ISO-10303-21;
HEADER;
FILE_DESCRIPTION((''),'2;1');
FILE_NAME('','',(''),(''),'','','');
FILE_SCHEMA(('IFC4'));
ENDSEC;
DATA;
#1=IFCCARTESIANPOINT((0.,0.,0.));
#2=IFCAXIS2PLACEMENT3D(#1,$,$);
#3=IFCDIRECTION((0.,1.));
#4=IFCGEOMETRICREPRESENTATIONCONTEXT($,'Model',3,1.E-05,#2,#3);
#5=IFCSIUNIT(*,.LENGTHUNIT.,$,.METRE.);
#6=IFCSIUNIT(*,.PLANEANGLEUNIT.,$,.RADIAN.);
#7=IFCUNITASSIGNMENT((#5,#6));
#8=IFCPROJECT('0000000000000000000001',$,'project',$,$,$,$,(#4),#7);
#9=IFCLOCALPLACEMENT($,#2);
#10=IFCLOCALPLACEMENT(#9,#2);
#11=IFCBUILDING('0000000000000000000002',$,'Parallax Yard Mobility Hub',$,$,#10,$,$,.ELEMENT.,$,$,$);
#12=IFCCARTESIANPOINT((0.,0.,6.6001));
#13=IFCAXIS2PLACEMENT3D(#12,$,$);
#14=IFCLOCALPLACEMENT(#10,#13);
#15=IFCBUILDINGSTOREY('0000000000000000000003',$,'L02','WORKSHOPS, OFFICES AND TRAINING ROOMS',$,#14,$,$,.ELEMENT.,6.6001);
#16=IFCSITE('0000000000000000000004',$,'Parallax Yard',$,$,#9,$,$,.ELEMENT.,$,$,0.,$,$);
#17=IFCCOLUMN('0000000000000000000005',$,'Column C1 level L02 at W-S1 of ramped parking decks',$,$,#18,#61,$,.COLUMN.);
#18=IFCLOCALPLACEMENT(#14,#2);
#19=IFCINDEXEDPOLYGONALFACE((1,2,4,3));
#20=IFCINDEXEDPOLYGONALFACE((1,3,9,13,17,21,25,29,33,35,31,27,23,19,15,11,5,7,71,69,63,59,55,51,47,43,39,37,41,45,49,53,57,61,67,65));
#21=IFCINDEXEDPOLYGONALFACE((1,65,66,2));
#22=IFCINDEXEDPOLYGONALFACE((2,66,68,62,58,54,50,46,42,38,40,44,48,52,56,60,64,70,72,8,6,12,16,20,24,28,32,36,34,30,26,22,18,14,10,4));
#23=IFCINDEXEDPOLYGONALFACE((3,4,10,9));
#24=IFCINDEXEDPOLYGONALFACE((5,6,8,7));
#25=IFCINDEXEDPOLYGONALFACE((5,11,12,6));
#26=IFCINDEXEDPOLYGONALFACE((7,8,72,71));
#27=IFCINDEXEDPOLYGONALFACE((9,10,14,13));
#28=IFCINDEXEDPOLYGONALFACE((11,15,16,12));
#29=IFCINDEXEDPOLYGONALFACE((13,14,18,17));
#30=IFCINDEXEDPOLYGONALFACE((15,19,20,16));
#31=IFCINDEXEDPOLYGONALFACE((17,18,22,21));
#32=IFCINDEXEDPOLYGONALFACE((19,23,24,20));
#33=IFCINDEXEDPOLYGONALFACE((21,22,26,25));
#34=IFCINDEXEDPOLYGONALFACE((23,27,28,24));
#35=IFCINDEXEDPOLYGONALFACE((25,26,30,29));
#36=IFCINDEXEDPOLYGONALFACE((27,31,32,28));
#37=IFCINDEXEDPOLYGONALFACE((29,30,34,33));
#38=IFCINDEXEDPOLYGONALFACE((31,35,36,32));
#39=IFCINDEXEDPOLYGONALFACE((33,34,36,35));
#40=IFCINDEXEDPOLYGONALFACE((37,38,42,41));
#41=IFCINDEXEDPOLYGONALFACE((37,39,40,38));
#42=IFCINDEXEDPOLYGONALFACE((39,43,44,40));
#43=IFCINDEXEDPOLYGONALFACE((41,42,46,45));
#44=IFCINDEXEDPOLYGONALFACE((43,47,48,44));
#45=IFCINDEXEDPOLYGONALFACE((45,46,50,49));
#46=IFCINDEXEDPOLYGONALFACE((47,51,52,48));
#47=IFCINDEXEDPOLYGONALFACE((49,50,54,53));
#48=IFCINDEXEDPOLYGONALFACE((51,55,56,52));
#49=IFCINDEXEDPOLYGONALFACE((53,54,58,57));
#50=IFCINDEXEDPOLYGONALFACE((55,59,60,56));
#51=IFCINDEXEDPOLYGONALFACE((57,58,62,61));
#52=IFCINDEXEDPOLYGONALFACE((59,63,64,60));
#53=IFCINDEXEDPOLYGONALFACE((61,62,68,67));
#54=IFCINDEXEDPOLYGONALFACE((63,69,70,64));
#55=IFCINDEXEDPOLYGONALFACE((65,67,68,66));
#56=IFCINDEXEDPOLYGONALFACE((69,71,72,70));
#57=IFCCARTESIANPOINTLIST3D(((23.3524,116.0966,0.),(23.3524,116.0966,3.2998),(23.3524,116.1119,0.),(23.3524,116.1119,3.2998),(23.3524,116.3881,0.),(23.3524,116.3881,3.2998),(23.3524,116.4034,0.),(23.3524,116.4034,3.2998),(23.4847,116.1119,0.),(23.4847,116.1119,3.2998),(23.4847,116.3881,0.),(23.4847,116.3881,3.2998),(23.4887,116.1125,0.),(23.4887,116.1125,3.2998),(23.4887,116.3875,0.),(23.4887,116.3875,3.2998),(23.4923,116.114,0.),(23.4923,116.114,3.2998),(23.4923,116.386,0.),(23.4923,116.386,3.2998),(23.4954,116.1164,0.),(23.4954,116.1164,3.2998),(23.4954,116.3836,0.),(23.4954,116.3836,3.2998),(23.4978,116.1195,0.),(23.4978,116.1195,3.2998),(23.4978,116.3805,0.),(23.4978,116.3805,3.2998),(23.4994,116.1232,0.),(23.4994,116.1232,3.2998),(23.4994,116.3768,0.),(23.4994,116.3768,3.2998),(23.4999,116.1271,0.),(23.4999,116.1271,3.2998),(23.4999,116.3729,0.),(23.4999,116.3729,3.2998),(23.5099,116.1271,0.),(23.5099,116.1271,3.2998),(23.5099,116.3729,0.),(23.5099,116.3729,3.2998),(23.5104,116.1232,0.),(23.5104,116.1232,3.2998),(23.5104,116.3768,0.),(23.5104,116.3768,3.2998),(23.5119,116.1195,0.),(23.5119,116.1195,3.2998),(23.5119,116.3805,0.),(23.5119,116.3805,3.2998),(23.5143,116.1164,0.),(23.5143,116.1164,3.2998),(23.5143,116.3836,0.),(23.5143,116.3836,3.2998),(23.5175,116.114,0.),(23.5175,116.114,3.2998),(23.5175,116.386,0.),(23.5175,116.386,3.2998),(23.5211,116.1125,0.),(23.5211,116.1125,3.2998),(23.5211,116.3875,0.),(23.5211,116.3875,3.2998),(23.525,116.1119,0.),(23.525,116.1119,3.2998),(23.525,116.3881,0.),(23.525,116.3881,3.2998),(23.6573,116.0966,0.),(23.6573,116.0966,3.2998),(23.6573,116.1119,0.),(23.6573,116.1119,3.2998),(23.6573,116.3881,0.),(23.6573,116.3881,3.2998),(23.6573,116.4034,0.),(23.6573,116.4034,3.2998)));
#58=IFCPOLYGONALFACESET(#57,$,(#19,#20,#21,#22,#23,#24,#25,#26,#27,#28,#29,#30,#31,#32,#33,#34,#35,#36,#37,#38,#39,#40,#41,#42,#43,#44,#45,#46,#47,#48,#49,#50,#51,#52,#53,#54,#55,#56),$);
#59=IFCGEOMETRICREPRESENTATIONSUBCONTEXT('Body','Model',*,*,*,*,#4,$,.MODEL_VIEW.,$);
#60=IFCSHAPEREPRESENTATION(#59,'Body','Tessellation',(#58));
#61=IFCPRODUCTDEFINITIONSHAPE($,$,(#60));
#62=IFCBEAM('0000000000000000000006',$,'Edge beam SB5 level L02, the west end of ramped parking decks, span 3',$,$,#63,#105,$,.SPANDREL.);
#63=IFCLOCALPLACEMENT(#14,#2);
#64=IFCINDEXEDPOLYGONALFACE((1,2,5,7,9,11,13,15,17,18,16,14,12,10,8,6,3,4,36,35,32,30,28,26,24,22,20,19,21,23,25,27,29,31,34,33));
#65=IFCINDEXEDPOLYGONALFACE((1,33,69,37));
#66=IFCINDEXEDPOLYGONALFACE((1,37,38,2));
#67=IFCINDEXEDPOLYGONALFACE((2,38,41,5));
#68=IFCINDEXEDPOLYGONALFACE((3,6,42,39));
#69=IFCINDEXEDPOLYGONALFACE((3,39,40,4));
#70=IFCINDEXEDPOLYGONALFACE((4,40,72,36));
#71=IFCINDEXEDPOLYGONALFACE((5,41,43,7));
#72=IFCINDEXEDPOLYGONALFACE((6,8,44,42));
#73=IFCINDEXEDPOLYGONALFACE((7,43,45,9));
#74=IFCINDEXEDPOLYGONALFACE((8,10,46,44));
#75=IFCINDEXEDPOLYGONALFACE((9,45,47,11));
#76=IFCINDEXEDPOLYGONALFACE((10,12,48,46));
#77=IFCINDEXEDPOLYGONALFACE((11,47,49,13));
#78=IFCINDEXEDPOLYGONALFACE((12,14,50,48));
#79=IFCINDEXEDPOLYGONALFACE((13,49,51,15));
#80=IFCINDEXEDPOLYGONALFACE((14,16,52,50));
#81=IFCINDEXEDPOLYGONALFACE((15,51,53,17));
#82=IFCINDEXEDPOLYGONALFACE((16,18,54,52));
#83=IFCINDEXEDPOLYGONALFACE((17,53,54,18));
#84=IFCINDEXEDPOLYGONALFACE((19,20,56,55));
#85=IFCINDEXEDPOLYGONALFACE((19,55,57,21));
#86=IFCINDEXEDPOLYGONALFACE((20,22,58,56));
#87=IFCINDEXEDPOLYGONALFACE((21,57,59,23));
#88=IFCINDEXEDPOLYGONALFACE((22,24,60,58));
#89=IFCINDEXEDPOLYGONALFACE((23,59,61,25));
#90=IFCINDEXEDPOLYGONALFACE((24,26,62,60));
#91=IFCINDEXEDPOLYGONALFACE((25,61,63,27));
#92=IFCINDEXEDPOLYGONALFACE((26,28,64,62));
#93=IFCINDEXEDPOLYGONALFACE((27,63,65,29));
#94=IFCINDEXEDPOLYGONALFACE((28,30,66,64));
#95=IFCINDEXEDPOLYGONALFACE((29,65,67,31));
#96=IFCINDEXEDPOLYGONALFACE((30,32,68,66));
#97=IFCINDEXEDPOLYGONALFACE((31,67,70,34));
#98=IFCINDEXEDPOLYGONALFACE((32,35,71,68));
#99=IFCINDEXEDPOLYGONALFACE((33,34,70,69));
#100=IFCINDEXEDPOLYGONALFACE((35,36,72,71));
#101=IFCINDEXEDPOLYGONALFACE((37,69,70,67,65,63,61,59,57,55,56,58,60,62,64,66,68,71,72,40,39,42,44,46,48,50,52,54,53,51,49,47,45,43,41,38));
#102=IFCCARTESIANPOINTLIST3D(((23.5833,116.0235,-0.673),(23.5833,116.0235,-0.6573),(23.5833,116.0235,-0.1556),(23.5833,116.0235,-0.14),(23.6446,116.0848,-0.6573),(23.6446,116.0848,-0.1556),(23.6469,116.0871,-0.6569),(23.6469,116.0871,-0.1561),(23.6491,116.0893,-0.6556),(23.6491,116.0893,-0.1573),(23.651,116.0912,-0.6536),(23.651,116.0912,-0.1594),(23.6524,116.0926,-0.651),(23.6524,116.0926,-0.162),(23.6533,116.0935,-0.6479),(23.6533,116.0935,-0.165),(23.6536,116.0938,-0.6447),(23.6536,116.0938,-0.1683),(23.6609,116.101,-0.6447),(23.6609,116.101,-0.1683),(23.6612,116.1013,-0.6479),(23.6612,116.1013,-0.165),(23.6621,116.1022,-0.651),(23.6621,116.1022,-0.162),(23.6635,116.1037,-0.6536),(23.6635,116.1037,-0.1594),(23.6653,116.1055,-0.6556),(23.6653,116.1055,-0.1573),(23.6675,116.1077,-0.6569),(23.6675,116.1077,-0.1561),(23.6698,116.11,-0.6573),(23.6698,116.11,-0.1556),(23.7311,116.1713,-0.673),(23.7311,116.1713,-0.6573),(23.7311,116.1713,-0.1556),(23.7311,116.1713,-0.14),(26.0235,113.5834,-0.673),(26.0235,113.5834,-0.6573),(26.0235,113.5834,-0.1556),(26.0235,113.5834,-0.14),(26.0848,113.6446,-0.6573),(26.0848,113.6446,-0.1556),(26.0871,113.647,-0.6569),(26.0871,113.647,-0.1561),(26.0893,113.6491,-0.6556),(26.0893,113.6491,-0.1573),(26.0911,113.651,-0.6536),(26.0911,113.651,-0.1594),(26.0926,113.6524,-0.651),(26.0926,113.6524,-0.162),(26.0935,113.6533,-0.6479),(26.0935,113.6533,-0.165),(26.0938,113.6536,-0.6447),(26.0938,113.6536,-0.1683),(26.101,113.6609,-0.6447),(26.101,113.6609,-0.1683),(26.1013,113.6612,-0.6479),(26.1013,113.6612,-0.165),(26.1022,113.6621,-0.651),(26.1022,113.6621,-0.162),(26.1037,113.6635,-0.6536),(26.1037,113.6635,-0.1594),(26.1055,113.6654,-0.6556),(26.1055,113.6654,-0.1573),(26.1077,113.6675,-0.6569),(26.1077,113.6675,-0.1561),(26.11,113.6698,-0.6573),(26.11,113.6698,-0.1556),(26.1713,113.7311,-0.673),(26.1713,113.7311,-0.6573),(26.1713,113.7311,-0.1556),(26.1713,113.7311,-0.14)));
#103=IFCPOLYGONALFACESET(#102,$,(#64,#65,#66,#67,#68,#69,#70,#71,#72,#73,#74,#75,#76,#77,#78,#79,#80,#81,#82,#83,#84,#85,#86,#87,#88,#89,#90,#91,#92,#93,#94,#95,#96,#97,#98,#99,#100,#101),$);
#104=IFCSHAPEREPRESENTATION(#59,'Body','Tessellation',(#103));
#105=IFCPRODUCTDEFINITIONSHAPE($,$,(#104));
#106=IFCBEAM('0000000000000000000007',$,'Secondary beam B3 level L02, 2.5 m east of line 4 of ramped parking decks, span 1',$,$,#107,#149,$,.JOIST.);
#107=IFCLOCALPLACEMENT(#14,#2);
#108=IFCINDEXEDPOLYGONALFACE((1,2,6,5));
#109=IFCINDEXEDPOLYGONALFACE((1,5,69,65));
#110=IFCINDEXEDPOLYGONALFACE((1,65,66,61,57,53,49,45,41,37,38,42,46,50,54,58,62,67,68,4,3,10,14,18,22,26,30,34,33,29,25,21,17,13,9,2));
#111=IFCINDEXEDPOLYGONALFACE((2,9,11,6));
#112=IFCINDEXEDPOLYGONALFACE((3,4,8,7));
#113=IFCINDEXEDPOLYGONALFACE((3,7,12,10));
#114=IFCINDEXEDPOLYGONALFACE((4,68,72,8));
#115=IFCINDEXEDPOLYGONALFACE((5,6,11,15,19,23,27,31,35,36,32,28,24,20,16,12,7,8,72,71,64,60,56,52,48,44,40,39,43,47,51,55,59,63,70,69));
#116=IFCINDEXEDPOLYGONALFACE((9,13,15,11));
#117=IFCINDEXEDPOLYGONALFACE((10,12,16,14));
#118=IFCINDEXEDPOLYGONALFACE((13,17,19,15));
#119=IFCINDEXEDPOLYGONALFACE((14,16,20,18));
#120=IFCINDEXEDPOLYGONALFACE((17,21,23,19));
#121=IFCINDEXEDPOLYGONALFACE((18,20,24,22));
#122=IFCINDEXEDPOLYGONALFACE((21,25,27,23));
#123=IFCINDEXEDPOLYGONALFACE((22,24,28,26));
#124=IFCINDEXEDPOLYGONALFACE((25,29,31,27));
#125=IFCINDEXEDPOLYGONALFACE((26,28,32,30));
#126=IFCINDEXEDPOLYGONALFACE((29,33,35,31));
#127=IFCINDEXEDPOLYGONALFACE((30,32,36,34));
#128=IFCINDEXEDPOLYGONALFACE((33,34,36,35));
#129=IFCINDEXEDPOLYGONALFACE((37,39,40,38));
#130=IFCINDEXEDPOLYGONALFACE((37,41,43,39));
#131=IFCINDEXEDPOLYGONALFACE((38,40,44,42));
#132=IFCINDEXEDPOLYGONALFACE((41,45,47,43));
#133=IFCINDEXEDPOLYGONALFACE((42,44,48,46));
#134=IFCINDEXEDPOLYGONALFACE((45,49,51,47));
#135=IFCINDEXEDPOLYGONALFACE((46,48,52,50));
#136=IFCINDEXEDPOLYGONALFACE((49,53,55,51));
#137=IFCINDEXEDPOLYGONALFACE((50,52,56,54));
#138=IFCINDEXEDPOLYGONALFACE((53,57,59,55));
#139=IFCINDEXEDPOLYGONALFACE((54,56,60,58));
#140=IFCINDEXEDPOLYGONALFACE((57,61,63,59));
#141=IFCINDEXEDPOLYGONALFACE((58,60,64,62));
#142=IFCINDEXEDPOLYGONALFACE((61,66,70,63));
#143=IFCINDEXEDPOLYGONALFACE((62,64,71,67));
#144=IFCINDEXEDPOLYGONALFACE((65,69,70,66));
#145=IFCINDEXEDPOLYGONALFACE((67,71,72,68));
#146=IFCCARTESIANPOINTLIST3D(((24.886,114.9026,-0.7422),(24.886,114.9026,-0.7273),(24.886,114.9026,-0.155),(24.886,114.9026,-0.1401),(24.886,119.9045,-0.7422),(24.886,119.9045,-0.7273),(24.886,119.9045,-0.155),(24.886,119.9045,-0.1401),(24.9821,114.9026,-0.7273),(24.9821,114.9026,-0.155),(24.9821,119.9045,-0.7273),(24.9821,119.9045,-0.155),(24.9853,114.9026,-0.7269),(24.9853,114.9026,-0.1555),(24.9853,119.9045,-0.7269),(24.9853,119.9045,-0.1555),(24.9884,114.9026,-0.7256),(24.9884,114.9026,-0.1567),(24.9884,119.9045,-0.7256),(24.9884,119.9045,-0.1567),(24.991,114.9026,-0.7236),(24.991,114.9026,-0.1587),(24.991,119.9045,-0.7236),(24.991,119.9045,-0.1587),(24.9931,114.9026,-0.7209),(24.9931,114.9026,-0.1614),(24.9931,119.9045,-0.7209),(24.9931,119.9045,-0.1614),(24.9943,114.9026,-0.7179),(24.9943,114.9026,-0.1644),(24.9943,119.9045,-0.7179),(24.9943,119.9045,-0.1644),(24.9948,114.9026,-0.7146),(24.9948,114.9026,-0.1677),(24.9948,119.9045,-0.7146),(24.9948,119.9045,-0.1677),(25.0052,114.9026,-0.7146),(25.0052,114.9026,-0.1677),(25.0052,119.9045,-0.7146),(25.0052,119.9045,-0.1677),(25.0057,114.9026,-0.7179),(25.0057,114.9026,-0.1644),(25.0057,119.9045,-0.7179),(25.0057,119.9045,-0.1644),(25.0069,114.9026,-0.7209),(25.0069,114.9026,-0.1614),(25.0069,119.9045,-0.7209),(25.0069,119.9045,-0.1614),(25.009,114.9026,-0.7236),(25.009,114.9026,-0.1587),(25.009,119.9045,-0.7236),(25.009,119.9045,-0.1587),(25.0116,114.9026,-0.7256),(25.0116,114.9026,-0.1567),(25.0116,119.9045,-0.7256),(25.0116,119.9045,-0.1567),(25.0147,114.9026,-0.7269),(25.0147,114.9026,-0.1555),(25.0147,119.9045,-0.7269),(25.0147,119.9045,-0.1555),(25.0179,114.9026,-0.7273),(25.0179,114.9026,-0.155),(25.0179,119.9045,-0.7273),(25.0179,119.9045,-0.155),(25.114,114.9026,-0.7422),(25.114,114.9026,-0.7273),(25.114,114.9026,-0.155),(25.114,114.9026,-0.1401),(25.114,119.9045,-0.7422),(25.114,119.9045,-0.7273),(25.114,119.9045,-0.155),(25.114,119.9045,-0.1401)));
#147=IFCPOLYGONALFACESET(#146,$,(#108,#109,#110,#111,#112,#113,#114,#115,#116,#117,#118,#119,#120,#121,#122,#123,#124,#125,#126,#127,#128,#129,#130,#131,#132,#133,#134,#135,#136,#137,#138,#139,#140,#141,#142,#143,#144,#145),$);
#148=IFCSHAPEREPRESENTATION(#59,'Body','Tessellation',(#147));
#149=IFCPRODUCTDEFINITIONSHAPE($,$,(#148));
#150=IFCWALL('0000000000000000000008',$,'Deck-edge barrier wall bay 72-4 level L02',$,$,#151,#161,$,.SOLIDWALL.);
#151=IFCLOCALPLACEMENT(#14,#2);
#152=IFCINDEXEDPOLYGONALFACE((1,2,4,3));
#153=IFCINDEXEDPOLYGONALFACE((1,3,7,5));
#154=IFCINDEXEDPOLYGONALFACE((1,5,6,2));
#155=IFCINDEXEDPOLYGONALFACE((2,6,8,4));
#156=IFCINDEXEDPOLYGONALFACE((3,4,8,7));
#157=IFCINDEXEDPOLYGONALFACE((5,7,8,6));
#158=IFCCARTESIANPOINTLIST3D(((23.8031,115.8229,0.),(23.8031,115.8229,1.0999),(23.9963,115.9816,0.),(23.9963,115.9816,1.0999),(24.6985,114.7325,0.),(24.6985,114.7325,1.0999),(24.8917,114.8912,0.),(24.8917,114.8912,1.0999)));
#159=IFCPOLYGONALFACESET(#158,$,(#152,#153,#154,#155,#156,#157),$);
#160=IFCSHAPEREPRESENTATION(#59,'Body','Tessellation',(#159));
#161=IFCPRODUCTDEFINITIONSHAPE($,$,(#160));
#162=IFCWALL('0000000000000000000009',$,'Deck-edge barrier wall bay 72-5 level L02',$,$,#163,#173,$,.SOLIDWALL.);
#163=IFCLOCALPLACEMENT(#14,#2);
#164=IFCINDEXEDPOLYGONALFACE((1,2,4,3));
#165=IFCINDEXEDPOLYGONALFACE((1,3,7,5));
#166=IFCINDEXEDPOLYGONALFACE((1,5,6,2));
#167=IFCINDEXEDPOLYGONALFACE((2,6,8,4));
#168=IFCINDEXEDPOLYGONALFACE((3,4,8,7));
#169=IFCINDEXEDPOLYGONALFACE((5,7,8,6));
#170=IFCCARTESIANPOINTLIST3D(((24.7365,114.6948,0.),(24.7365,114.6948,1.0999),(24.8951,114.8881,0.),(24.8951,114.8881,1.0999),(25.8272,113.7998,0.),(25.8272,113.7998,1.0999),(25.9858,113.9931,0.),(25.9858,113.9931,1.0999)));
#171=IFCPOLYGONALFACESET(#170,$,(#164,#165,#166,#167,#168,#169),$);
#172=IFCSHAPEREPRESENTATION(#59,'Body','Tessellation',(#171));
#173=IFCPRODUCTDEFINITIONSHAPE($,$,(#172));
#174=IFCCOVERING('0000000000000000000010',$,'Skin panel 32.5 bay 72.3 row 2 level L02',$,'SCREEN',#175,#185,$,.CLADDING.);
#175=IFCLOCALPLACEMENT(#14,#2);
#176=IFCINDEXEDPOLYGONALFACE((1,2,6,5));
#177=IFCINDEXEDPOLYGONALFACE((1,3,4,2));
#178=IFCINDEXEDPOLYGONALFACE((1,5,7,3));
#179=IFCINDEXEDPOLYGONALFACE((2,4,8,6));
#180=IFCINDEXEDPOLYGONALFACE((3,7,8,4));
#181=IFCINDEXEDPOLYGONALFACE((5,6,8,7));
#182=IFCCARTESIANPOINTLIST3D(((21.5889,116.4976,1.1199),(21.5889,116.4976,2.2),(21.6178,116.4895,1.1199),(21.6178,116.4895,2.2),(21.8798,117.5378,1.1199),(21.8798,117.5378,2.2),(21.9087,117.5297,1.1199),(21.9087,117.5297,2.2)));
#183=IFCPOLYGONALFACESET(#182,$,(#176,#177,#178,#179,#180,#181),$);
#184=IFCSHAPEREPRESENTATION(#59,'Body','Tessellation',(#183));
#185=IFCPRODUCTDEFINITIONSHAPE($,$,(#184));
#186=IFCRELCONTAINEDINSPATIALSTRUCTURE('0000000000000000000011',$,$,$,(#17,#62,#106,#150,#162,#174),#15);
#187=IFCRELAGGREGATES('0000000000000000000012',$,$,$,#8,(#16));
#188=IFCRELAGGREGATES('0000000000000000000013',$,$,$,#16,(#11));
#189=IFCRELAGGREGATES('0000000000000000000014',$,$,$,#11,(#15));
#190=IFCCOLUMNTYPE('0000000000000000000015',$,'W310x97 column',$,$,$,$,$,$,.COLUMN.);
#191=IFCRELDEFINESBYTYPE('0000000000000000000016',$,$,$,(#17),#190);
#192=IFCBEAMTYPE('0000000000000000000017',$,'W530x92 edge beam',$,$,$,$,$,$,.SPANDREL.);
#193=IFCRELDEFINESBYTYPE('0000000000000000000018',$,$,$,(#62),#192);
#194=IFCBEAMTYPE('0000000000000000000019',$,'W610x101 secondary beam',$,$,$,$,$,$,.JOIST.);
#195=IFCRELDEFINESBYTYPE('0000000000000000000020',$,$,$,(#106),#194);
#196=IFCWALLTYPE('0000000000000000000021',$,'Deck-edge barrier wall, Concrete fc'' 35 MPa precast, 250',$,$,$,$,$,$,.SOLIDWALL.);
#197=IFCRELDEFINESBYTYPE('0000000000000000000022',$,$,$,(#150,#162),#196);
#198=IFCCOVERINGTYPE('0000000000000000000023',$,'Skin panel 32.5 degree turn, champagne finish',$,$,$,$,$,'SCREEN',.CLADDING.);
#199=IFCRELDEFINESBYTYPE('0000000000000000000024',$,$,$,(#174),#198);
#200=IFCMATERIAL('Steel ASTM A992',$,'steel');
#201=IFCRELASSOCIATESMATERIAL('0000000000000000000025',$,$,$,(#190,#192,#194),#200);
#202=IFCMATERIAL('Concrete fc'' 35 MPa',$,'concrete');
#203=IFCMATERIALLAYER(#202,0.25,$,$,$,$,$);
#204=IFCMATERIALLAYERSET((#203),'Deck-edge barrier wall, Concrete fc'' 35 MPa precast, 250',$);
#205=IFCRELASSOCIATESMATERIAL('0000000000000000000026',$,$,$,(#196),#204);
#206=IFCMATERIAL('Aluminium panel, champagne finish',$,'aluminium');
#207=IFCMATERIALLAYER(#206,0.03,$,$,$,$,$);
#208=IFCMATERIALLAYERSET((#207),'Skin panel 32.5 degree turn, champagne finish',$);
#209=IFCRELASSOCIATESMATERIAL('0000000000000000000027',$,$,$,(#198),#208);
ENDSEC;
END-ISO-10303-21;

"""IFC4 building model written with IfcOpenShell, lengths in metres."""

from ifc_helpers import new_model, si_unit, direction, frame, frame_2d, origin, origin_2d, place, context, subcontext, project, spatial, rectangle, i_section, extrude, material, layer, layer_set, material_profile, profile_set, type_object, element, save


model = new_model("IFC4")

# Units and contexts
model_context = context("Model", 3, precision=1e-05, world=origin(), true_north=direction((0.0, 1.0)))
body_context = subcontext(model_context, "Body", "Model", "MODEL_VIEW")
ifc_project = project(units=[si_unit("LENGTHUNIT", "METRE"), si_unit("PLANEANGLEUNIT", "RADIAN")], contexts=[model_context])

# Site, building, storey
site_placement = place(None, origin())
site = spatial("IfcSite", under=ifc_project, at=site_placement, Name="Parallax Yard", CompositionType="ELEMENT", RefElevation=0.0)
building_placement = place(site_placement, origin())
building = spatial("IfcBuilding", under=site, at=building_placement, Name="Parallax Yard Mobility Hub", CompositionType="ELEMENT")
storey_placement = place(building_placement, frame((0.0, 0.0, 6.6001)))
storey = spatial("IfcBuildingStorey", under=building, at=storey_placement, Name="L02", Description="WORKSHOPS, OFFICES AND TRAINING ROOMS", CompositionType="ELEMENT", Elevation=6.6001)

# Column
ifc_material_1 = material(Name="Steel ASTM A992", Category="steel")
ifc_material_profile_1 = material_profile(ifc_material_1, i_section(OverallWidth=0.3049, OverallDepth=0.3069, WebThickness=0.01, FlangeThickness=0.0154, FilletRadius=0.0151, at=origin_2d()), Name="W310x97")
ifc_profile_set_1 = profile_set([ifc_material_profile_1], Name="Steel ASTM A992")
column_type = type_object("IfcColumnType", Name="W310x97 column", PredefinedType="COLUMN", material=ifc_profile_set_1)
column_placement = place(storey_placement, frame((23.5049, 116.25, 0.0), z_axis=(0.0, 0.0, 1.0), x_axis=(1.0, 0.0, 0.0)))
element("IfcColumn", 1, at=column_placement, inside=storey, type_object=column_type, Name="Column C1 level L02 at W-S1 of ramped parking decks", PredefinedType="COLUMN", context=body_context, shape_type="SweptSolid", body=[
    extrude(i_section(OverallWidth=0.3049, OverallDepth=0.3069, WebThickness=0.01, FlangeThickness=0.0154, FilletRadius=0.0151, at=origin_2d()), origin(), (0.0, 0.0, 1.0), 3.2998),
])

# Beams
ifc_material_profile_2 = material_profile(ifc_material_1, i_section(OverallWidth=0.209, OverallDepth=0.533, WebThickness=0.0103, FlangeThickness=0.0156, FilletRadius=0.0127, at=origin_2d()), Name="W530x92")
ifc_profile_set_2 = profile_set([ifc_material_profile_2], Name="Steel ASTM A992")
beam_type_1 = type_object("IfcBeamType", Name="W530x92 edge beam", PredefinedType="SPANDREL", material=ifc_profile_set_2)
beam_1_placement = place(storey_placement, frame((23.6572, 116.0974, -0.4065), z_axis=(0.707107, -0.707107, 0.0), x_axis=(0.707107, 0.707107, 0.0)))
element("IfcBeam", 2, at=beam_1_placement, inside=storey, type_object=beam_type_1, Name="Edge beam SB5 level L02, the west end of ramped parking decks, span 3", PredefinedType="SPANDREL", context=body_context, shape_type="SweptSolid", body=[
    extrude(i_section(OverallWidth=0.209, OverallDepth=0.533, WebThickness=0.0103, FlangeThickness=0.0156, FilletRadius=0.0127, at=origin_2d()), origin(), (0.0, 0.0, 1.0), 3.4509),
])
ifc_material_profile_3 = material_profile(ifc_material_1, i_section(OverallWidth=0.228, OverallDepth=0.6021, WebThickness=0.0105, FlangeThickness=0.0149, FilletRadius=0.0127, at=origin_2d()), Name="W610x101")
ifc_profile_set_3 = profile_set([ifc_material_profile_3], Name="Steel ASTM A992")
beam_type_2 = type_object("IfcBeamType", Name="W610x101 secondary beam", PredefinedType="JOIST", material=ifc_profile_set_3)
beam_2_placement = place(storey_placement, frame((25.0, 114.9026, -0.4412), z_axis=(0.0, 1.0, 0.0), x_axis=(-1.0, 0.0, 0.0)))
element("IfcBeam", 3, at=beam_2_placement, inside=storey, type_object=beam_type_2, Name="Secondary beam B3 level L02, 2.5 m east of line 4 of ramped parking decks, span 1", PredefinedType="JOIST", context=body_context, shape_type="SweptSolid", body=[
    extrude(i_section(OverallWidth=0.228, OverallDepth=0.6021, WebThickness=0.0105, FlangeThickness=0.0149, FilletRadius=0.0127, at=origin_2d()), origin(), (0.0, 0.0, 1.0), 5.002),
])

# Walls
ifc_material_2 = material(Name="Concrete fc' 35 MPa", Category="concrete")
ifc_layer_1 = layer(ifc_material_2, 0.25)
ifc_layer_set_1 = layer_set([ifc_layer_1], Name="Deck-edge barrier wall, Concrete fc' 35 MPa precast, 250")
wall_type = type_object("IfcWallType", Name="Deck-edge barrier wall, Concrete fc' 35 MPa precast, 250", PredefinedType="SOLIDWALL", material=ifc_layer_set_1)
for number, where, z_axis, x_axis, name in (
    (4, (23.8997, 115.9023, 0.0), (0.0, 0.0, 1.0), (0.634584, -0.772854, 0.0), "Deck-edge barrier wall bay 72-4 level L02"),
    (5, (24.8157, 114.7915, 0.0), (0.0, 0.0, 1.0), (0.773078, -0.634311, 0.0), "Deck-edge barrier wall bay 72-5 level L02"),
):
    element("IfcWall", number, at=place(storey_placement, frame(where, z_axis=z_axis, x_axis=x_axis)), inside=storey, type_object=wall_type, Name=name, PredefinedType="SOLIDWALL", context=body_context, shape_type="SweptSolid", body=[
        extrude(rectangle(XDim=1.4109, YDim=0.25, at=frame_2d((0.7056, 0.0))), origin(), (0.0, 0.0, 1.0), 1.0999),
    ])

# Covering
ifc_material_3 = material(Name="Aluminium panel, champagne finish", Category="aluminium")
ifc_layer_2 = layer(ifc_material_3, 0.03)
ifc_layer_set_2 = layer_set([ifc_layer_2], Name="Skin panel 32.5 degree turn, champagne finish")
covering_type_1 = type_object("IfcCoveringType", Name="Skin panel 32.5 degree turn, champagne finish", ElementType="SCREEN", PredefinedType="CLADDING", material=ifc_layer_set_2)
for number, where, z_axis, x_axis, name in (
    (6, (21.7488, 117.0137, 1.1199), (0.0, 0.0, 1.0), (-0.26934, -0.963045, 0.0), "Skin panel 32.5 bay 72.3 row 2 level L02"),
):
    element("IfcCovering", number, at=place(storey_placement, frame(where, z_axis=z_axis, x_axis=x_axis)), inside=storey, type_object=covering_type_1, Name=name, ObjectType="SCREEN", PredefinedType="CLADDING", context=body_context, shape_type="SweptSolid", body=[
        extrude(rectangle(XDim=1.0801, YDim=0.03, at=origin_2d()), origin(), (0.0, 0.0, 1.0), 1.0801),
    ])

save(model, "model.ifc")
